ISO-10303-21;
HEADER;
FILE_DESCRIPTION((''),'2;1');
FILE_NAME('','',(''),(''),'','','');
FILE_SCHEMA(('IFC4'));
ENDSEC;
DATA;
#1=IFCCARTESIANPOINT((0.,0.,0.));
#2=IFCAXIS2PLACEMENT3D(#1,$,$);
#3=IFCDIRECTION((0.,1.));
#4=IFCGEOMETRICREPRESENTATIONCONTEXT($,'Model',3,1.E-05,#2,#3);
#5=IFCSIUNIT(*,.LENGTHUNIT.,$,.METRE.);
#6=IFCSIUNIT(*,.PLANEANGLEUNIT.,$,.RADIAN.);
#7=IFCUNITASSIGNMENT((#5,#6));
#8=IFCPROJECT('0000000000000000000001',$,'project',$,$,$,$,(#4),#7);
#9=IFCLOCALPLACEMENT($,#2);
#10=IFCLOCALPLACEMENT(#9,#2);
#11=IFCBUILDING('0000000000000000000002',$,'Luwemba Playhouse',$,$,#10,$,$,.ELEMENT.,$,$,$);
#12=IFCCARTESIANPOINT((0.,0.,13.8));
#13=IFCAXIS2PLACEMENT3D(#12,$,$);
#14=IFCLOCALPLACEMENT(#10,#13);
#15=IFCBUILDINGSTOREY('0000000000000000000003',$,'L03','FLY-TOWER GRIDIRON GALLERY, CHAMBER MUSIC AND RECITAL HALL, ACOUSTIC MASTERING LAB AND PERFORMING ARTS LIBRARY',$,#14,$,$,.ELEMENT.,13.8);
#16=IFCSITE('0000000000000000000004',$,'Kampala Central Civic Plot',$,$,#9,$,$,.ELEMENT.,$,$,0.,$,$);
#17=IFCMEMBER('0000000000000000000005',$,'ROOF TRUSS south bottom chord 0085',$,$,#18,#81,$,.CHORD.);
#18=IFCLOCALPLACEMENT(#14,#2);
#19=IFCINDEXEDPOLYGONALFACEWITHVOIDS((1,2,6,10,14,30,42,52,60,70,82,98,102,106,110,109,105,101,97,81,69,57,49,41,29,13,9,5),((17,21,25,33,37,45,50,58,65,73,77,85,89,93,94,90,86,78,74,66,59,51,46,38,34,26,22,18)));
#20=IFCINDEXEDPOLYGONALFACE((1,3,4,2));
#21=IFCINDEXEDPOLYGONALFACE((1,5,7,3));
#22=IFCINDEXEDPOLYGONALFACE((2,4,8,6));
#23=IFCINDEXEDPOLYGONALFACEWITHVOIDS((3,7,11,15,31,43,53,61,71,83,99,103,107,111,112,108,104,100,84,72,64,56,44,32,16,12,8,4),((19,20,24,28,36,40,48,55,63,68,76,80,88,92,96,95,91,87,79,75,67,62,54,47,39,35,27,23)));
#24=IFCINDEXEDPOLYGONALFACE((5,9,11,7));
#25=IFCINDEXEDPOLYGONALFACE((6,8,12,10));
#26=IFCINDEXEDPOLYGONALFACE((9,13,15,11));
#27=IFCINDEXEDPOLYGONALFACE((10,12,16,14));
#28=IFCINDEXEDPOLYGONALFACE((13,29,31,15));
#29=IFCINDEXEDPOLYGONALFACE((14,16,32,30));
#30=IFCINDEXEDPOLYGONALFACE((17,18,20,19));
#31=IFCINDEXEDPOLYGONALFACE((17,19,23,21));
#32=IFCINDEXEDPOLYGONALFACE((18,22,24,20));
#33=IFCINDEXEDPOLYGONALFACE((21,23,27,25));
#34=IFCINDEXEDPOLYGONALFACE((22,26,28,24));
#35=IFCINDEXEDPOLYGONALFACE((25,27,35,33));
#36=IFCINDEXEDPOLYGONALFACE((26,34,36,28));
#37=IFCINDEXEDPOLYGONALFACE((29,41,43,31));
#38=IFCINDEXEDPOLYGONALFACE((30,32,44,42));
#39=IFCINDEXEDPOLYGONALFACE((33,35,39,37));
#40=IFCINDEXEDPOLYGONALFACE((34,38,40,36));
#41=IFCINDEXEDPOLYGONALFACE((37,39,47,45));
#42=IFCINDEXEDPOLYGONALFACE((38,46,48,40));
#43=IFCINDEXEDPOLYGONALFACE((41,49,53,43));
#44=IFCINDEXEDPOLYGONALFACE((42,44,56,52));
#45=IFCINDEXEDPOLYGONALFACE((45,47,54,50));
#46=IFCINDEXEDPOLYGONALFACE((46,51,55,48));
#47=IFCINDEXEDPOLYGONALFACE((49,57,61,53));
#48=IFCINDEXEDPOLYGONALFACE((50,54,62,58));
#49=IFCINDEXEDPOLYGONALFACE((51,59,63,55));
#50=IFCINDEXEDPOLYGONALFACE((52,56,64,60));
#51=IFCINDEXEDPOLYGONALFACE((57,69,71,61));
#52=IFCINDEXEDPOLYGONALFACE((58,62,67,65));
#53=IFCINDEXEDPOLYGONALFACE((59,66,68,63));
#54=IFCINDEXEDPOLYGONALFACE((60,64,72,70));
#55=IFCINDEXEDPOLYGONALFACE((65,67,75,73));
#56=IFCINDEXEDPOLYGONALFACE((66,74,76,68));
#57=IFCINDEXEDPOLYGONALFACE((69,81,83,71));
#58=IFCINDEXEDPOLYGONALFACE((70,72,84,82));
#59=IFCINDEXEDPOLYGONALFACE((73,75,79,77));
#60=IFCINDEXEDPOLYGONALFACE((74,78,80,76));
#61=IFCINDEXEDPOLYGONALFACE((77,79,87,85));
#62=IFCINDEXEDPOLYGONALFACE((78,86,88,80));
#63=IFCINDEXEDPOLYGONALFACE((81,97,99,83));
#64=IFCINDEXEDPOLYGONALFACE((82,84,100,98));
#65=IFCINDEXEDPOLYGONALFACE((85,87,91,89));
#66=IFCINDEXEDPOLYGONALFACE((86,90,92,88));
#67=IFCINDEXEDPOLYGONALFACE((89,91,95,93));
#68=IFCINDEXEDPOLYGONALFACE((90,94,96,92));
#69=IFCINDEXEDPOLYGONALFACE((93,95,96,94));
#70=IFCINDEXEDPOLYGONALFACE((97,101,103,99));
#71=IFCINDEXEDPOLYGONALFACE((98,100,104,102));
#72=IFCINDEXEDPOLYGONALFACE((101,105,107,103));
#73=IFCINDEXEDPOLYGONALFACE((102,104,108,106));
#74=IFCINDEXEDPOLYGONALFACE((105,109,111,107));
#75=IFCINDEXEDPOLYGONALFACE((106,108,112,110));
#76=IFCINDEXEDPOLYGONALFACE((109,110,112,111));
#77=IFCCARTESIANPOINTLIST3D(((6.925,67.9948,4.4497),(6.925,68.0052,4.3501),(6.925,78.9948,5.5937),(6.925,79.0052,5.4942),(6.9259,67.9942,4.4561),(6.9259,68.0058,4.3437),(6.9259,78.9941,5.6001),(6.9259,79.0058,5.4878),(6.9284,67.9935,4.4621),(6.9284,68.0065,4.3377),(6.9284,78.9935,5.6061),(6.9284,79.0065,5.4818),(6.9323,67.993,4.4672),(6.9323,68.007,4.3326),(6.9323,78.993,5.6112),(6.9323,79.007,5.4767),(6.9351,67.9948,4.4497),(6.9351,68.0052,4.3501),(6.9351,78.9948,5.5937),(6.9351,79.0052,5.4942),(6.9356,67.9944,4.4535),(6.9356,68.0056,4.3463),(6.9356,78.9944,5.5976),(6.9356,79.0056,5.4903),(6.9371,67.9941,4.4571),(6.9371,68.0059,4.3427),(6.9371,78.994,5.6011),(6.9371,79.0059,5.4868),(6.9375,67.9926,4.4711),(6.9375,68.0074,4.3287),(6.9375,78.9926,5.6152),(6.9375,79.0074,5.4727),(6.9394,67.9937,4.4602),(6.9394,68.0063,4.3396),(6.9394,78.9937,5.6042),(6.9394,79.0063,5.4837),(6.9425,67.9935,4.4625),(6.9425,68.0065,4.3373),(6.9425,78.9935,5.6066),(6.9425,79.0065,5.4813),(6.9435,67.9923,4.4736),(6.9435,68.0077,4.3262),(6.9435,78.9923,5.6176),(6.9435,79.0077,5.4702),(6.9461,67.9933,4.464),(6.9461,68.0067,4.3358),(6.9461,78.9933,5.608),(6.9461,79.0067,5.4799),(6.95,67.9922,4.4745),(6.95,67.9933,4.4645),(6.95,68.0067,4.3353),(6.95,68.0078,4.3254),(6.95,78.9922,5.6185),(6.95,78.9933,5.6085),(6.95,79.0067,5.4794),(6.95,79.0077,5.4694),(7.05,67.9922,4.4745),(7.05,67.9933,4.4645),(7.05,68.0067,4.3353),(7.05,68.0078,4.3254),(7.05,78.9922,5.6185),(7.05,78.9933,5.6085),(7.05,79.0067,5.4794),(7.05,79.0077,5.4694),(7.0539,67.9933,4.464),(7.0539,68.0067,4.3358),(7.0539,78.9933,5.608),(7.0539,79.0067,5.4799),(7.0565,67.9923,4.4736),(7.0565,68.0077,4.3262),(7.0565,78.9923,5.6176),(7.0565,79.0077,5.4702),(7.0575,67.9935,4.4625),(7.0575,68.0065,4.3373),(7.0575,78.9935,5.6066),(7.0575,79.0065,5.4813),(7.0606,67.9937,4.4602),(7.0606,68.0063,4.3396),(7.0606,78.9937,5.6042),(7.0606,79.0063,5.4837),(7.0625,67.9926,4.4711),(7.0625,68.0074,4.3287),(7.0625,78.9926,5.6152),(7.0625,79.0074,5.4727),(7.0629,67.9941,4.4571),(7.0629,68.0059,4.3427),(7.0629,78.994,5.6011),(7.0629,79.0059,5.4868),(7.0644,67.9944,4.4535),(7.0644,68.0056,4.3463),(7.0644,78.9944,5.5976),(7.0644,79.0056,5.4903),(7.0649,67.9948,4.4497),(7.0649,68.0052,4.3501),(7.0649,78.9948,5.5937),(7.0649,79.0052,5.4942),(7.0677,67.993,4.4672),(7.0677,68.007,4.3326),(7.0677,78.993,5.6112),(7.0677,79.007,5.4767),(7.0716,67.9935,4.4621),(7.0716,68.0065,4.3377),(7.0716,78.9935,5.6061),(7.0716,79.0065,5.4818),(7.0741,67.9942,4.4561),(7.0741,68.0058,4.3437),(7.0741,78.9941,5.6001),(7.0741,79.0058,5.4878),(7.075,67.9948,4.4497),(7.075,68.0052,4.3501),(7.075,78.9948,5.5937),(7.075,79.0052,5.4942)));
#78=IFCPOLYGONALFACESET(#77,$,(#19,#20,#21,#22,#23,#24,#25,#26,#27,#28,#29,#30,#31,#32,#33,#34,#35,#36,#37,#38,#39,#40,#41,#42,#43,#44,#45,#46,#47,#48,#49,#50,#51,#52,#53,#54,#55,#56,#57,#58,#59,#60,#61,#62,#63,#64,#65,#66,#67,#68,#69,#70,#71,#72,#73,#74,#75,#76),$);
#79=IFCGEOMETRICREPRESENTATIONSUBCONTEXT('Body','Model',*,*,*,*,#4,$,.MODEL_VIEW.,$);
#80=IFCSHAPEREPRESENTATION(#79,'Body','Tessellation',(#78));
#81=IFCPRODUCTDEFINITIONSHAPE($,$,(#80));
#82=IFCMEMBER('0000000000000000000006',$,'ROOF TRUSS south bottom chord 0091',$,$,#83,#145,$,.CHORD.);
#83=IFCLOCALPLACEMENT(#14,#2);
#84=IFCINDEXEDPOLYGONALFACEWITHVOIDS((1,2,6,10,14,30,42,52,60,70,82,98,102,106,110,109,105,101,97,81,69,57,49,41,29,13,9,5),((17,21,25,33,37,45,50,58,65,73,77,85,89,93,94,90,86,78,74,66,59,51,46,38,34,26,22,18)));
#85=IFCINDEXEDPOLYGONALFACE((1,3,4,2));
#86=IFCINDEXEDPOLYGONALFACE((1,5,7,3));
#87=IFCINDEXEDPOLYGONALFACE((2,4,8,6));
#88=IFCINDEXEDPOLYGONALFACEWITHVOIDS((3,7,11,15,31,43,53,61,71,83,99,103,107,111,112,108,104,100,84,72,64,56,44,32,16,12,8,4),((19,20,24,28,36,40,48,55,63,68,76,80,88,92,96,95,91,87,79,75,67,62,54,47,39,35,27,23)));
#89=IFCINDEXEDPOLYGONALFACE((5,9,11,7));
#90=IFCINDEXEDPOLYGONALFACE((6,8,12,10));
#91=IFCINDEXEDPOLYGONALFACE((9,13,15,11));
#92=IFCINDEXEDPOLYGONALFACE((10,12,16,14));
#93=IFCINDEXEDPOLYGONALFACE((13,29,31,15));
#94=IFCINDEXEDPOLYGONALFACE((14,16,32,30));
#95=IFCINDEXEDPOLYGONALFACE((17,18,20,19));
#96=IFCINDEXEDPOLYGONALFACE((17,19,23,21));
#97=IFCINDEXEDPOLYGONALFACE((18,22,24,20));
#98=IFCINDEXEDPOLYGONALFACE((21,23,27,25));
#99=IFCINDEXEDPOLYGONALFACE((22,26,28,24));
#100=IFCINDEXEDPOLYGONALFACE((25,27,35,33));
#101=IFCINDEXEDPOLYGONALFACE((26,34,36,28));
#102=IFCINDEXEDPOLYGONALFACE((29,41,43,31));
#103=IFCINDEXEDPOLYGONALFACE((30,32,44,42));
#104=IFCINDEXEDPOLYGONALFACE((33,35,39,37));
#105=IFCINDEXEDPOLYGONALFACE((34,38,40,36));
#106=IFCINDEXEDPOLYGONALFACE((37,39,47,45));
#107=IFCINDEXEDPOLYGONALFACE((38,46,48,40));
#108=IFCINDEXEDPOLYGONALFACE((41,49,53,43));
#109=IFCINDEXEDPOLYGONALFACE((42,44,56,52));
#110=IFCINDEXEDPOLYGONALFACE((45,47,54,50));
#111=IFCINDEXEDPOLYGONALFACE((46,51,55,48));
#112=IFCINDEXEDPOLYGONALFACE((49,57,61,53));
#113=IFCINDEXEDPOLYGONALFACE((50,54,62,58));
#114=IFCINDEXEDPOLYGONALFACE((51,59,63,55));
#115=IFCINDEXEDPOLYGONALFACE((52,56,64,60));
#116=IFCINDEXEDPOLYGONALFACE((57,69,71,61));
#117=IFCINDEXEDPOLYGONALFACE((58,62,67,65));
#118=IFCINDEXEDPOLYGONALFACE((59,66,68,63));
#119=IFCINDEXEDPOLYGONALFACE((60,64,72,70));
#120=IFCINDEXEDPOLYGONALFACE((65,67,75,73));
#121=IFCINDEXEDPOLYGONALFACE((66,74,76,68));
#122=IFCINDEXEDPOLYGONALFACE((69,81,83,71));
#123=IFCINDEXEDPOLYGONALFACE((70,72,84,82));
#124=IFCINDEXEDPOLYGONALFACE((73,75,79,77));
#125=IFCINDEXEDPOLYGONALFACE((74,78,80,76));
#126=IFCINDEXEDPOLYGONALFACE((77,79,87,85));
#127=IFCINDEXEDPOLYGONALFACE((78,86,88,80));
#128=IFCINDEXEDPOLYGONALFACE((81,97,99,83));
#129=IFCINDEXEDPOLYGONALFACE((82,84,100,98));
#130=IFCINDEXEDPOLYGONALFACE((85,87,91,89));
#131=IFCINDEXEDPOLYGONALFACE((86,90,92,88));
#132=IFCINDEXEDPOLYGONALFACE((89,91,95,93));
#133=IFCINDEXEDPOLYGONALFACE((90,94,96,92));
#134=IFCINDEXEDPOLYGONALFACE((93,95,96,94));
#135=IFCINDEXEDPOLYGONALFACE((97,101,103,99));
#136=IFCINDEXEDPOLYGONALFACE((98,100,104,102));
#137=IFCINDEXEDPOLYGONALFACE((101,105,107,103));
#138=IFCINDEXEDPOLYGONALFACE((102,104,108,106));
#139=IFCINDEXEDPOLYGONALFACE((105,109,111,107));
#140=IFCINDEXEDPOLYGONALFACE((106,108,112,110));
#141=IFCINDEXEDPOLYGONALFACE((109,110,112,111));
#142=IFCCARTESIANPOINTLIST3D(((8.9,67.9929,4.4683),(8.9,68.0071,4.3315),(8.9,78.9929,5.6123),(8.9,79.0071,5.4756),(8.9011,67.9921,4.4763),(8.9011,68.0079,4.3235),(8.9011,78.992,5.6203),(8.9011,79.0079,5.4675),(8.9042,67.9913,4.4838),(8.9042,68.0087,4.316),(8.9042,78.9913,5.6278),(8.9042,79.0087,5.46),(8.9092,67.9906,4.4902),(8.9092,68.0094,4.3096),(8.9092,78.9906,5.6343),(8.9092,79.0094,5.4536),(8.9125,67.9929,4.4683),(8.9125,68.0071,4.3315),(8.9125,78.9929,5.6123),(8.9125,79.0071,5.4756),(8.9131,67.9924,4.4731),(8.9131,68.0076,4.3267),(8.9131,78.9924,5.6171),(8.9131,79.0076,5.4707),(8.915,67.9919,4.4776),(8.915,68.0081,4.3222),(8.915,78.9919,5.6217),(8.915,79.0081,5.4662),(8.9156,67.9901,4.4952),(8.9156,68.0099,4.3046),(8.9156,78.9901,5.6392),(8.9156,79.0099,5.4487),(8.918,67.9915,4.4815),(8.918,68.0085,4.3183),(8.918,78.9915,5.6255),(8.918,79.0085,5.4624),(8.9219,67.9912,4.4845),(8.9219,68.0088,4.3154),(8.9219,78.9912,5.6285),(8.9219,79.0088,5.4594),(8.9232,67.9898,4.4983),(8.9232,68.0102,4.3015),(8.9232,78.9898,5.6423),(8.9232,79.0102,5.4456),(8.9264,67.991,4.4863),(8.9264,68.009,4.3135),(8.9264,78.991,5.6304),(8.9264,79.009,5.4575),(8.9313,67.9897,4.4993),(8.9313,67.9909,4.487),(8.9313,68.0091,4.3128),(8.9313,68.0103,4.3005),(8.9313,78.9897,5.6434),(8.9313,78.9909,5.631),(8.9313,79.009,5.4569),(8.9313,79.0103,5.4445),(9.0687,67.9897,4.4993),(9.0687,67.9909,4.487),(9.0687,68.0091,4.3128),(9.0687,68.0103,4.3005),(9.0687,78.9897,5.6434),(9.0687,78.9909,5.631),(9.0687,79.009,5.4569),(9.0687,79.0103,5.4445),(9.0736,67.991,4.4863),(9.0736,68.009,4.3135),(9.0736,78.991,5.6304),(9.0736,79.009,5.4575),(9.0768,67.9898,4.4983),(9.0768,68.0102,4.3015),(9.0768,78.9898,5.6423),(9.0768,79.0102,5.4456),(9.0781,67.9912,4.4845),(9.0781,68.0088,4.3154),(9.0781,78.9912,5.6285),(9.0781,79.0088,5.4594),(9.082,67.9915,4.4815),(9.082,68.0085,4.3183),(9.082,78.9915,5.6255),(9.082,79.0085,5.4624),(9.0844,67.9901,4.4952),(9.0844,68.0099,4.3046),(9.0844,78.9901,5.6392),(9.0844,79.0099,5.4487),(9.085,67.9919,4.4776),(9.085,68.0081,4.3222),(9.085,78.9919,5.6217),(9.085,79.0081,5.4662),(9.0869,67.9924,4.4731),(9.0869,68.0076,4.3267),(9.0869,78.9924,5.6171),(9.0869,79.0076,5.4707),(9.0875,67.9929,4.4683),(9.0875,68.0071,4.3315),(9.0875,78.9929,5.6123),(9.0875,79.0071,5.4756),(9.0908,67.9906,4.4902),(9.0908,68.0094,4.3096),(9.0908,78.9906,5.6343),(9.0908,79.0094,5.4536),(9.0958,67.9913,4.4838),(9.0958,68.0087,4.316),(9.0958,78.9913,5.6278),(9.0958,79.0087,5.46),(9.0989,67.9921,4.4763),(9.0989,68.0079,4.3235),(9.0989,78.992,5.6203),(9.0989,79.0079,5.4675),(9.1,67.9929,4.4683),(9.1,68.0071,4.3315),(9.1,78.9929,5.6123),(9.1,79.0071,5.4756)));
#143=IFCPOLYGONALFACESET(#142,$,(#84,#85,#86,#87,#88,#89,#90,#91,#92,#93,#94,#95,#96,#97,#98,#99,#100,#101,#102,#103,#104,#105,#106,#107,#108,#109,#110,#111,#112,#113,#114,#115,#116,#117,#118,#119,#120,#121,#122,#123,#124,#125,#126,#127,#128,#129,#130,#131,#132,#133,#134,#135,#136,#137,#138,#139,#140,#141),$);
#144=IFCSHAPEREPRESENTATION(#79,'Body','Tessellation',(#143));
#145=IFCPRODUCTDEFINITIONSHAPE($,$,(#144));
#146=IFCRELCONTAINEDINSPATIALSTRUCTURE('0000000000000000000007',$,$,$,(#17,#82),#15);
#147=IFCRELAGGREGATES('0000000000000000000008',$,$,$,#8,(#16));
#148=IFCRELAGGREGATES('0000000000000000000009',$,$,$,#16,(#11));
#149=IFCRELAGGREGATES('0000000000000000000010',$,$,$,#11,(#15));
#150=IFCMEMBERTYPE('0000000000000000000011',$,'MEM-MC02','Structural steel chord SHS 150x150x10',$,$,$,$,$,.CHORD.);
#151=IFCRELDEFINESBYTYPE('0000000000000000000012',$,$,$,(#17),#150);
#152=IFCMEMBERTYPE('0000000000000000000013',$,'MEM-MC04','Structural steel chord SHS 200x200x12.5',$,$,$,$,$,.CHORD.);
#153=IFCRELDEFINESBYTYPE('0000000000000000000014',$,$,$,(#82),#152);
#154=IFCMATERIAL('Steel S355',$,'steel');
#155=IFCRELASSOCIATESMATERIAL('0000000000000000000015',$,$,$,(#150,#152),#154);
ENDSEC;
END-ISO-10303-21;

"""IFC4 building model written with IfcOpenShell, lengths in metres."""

from ifc_helpers import new_model, si_unit, direction, frame, origin, origin_2d, place, context, subcontext, project, spatial, hollow_rectangle, extrude, material, material_profile, profile_set, type_object, element, save


model = new_model("IFC4")

# Units and contexts
model_context = context("Model", 3, precision=1e-05, world=origin(), true_north=direction((0.0, 1.0)))
body_context = subcontext(model_context, "Body", "Model", "MODEL_VIEW")
ifc_project = project(units=[si_unit("LENGTHUNIT", "METRE"), si_unit("PLANEANGLEUNIT", "RADIAN")], contexts=[model_context])

# Site, building, storey
site_placement = place(None, origin())
site = spatial("IfcSite", under=ifc_project, at=site_placement, Name="Kampala Central Civic Plot", CompositionType="ELEMENT", RefElevation=0.0)
building_placement = place(site_placement, origin())
building = spatial("IfcBuilding", under=site, at=building_placement, Name="Luwemba Playhouse", CompositionType="ELEMENT")
storey_placement = place(building_placement, frame((0.0, 0.0, 13.8)))
storey = spatial("IfcBuildingStorey", under=building, at=storey_placement, Name="L03", Description="FLY-TOWER GRIDIRON GALLERY, CHAMBER MUSIC AND RECITAL HALL, ACOUSTIC MASTERING LAB AND PERFORMING ARTS LIBRARY", CompositionType="ELEMENT", Elevation=13.8)

# Shared definitions
ifc_material_1 = material(Name="Steel S355", Category="steel")

# Members
ifc_material_profile_1 = material_profile(ifc_material_1, hollow_rectangle(XDim=0.1499, YDim=0.1499, WallThickness=0.01, InnerFilletRadius=0.0149, OuterFilletRadius=0.0249, at=origin_2d()))
ifc_profile_set_1 = profile_set([ifc_material_profile_1], Name="Steel S355")
member_type_1 = type_object("IfcMemberType", Name="MEM-MC02", Description="Structural steel chord SHS 150x150x10", PredefinedType="CHORD", material=ifc_profile_set_1)
member_1_placement = place(storey_placement, frame((7.0, 68.0, 4.3999), z_axis=(0.0, 0.994635, 0.103446), x_axis=(-1.0, 0.0, 0.0)))
element("IfcMember", 1, at=member_1_placement, inside=storey, type_object=member_type_1, Name="ROOF TRUSS south bottom chord 0085", PredefinedType="CHORD", context=body_context, shape_type="SweptSolid", body=[
    extrude(hollow_rectangle(XDim=0.1499, YDim=0.1499, WallThickness=0.01, InnerFilletRadius=0.0149, OuterFilletRadius=0.0249, at=origin_2d()), origin(), (0.0, 0.0, 1.0), 11.0593),
])
ifc_material_profile_2 = material_profile(ifc_material_1, hollow_rectangle(XDim=0.2, YDim=0.2, WallThickness=0.0125, InnerFilletRadius=0.0188, OuterFilletRadius=0.0312, at=origin_2d()))
ifc_profile_set_2 = profile_set([ifc_material_profile_2], Name="Steel S355")
member_type_2 = type_object("IfcMemberType", Name="MEM-MC04", Description="Structural steel chord SHS 200x200x12.5", PredefinedType="CHORD", material=ifc_profile_set_2)
member_2_placement = place(storey_placement, frame((9.0, 68.0, 4.3999), z_axis=(0.0, 0.994635, 0.103446), x_axis=(-1.0, 0.0, 0.0)))
element("IfcMember", 2, at=member_2_placement, inside=storey, type_object=member_type_2, Name="ROOF TRUSS south bottom chord 0091", PredefinedType="CHORD", context=body_context, shape_type="SweptSolid", body=[
    extrude(hollow_rectangle(XDim=0.2, YDim=0.2, WallThickness=0.0125, InnerFilletRadius=0.0188, OuterFilletRadius=0.0312, at=origin_2d()), origin(), (0.0, 0.0, 1.0), 11.0593),
])

save(model, "model.ifc")
